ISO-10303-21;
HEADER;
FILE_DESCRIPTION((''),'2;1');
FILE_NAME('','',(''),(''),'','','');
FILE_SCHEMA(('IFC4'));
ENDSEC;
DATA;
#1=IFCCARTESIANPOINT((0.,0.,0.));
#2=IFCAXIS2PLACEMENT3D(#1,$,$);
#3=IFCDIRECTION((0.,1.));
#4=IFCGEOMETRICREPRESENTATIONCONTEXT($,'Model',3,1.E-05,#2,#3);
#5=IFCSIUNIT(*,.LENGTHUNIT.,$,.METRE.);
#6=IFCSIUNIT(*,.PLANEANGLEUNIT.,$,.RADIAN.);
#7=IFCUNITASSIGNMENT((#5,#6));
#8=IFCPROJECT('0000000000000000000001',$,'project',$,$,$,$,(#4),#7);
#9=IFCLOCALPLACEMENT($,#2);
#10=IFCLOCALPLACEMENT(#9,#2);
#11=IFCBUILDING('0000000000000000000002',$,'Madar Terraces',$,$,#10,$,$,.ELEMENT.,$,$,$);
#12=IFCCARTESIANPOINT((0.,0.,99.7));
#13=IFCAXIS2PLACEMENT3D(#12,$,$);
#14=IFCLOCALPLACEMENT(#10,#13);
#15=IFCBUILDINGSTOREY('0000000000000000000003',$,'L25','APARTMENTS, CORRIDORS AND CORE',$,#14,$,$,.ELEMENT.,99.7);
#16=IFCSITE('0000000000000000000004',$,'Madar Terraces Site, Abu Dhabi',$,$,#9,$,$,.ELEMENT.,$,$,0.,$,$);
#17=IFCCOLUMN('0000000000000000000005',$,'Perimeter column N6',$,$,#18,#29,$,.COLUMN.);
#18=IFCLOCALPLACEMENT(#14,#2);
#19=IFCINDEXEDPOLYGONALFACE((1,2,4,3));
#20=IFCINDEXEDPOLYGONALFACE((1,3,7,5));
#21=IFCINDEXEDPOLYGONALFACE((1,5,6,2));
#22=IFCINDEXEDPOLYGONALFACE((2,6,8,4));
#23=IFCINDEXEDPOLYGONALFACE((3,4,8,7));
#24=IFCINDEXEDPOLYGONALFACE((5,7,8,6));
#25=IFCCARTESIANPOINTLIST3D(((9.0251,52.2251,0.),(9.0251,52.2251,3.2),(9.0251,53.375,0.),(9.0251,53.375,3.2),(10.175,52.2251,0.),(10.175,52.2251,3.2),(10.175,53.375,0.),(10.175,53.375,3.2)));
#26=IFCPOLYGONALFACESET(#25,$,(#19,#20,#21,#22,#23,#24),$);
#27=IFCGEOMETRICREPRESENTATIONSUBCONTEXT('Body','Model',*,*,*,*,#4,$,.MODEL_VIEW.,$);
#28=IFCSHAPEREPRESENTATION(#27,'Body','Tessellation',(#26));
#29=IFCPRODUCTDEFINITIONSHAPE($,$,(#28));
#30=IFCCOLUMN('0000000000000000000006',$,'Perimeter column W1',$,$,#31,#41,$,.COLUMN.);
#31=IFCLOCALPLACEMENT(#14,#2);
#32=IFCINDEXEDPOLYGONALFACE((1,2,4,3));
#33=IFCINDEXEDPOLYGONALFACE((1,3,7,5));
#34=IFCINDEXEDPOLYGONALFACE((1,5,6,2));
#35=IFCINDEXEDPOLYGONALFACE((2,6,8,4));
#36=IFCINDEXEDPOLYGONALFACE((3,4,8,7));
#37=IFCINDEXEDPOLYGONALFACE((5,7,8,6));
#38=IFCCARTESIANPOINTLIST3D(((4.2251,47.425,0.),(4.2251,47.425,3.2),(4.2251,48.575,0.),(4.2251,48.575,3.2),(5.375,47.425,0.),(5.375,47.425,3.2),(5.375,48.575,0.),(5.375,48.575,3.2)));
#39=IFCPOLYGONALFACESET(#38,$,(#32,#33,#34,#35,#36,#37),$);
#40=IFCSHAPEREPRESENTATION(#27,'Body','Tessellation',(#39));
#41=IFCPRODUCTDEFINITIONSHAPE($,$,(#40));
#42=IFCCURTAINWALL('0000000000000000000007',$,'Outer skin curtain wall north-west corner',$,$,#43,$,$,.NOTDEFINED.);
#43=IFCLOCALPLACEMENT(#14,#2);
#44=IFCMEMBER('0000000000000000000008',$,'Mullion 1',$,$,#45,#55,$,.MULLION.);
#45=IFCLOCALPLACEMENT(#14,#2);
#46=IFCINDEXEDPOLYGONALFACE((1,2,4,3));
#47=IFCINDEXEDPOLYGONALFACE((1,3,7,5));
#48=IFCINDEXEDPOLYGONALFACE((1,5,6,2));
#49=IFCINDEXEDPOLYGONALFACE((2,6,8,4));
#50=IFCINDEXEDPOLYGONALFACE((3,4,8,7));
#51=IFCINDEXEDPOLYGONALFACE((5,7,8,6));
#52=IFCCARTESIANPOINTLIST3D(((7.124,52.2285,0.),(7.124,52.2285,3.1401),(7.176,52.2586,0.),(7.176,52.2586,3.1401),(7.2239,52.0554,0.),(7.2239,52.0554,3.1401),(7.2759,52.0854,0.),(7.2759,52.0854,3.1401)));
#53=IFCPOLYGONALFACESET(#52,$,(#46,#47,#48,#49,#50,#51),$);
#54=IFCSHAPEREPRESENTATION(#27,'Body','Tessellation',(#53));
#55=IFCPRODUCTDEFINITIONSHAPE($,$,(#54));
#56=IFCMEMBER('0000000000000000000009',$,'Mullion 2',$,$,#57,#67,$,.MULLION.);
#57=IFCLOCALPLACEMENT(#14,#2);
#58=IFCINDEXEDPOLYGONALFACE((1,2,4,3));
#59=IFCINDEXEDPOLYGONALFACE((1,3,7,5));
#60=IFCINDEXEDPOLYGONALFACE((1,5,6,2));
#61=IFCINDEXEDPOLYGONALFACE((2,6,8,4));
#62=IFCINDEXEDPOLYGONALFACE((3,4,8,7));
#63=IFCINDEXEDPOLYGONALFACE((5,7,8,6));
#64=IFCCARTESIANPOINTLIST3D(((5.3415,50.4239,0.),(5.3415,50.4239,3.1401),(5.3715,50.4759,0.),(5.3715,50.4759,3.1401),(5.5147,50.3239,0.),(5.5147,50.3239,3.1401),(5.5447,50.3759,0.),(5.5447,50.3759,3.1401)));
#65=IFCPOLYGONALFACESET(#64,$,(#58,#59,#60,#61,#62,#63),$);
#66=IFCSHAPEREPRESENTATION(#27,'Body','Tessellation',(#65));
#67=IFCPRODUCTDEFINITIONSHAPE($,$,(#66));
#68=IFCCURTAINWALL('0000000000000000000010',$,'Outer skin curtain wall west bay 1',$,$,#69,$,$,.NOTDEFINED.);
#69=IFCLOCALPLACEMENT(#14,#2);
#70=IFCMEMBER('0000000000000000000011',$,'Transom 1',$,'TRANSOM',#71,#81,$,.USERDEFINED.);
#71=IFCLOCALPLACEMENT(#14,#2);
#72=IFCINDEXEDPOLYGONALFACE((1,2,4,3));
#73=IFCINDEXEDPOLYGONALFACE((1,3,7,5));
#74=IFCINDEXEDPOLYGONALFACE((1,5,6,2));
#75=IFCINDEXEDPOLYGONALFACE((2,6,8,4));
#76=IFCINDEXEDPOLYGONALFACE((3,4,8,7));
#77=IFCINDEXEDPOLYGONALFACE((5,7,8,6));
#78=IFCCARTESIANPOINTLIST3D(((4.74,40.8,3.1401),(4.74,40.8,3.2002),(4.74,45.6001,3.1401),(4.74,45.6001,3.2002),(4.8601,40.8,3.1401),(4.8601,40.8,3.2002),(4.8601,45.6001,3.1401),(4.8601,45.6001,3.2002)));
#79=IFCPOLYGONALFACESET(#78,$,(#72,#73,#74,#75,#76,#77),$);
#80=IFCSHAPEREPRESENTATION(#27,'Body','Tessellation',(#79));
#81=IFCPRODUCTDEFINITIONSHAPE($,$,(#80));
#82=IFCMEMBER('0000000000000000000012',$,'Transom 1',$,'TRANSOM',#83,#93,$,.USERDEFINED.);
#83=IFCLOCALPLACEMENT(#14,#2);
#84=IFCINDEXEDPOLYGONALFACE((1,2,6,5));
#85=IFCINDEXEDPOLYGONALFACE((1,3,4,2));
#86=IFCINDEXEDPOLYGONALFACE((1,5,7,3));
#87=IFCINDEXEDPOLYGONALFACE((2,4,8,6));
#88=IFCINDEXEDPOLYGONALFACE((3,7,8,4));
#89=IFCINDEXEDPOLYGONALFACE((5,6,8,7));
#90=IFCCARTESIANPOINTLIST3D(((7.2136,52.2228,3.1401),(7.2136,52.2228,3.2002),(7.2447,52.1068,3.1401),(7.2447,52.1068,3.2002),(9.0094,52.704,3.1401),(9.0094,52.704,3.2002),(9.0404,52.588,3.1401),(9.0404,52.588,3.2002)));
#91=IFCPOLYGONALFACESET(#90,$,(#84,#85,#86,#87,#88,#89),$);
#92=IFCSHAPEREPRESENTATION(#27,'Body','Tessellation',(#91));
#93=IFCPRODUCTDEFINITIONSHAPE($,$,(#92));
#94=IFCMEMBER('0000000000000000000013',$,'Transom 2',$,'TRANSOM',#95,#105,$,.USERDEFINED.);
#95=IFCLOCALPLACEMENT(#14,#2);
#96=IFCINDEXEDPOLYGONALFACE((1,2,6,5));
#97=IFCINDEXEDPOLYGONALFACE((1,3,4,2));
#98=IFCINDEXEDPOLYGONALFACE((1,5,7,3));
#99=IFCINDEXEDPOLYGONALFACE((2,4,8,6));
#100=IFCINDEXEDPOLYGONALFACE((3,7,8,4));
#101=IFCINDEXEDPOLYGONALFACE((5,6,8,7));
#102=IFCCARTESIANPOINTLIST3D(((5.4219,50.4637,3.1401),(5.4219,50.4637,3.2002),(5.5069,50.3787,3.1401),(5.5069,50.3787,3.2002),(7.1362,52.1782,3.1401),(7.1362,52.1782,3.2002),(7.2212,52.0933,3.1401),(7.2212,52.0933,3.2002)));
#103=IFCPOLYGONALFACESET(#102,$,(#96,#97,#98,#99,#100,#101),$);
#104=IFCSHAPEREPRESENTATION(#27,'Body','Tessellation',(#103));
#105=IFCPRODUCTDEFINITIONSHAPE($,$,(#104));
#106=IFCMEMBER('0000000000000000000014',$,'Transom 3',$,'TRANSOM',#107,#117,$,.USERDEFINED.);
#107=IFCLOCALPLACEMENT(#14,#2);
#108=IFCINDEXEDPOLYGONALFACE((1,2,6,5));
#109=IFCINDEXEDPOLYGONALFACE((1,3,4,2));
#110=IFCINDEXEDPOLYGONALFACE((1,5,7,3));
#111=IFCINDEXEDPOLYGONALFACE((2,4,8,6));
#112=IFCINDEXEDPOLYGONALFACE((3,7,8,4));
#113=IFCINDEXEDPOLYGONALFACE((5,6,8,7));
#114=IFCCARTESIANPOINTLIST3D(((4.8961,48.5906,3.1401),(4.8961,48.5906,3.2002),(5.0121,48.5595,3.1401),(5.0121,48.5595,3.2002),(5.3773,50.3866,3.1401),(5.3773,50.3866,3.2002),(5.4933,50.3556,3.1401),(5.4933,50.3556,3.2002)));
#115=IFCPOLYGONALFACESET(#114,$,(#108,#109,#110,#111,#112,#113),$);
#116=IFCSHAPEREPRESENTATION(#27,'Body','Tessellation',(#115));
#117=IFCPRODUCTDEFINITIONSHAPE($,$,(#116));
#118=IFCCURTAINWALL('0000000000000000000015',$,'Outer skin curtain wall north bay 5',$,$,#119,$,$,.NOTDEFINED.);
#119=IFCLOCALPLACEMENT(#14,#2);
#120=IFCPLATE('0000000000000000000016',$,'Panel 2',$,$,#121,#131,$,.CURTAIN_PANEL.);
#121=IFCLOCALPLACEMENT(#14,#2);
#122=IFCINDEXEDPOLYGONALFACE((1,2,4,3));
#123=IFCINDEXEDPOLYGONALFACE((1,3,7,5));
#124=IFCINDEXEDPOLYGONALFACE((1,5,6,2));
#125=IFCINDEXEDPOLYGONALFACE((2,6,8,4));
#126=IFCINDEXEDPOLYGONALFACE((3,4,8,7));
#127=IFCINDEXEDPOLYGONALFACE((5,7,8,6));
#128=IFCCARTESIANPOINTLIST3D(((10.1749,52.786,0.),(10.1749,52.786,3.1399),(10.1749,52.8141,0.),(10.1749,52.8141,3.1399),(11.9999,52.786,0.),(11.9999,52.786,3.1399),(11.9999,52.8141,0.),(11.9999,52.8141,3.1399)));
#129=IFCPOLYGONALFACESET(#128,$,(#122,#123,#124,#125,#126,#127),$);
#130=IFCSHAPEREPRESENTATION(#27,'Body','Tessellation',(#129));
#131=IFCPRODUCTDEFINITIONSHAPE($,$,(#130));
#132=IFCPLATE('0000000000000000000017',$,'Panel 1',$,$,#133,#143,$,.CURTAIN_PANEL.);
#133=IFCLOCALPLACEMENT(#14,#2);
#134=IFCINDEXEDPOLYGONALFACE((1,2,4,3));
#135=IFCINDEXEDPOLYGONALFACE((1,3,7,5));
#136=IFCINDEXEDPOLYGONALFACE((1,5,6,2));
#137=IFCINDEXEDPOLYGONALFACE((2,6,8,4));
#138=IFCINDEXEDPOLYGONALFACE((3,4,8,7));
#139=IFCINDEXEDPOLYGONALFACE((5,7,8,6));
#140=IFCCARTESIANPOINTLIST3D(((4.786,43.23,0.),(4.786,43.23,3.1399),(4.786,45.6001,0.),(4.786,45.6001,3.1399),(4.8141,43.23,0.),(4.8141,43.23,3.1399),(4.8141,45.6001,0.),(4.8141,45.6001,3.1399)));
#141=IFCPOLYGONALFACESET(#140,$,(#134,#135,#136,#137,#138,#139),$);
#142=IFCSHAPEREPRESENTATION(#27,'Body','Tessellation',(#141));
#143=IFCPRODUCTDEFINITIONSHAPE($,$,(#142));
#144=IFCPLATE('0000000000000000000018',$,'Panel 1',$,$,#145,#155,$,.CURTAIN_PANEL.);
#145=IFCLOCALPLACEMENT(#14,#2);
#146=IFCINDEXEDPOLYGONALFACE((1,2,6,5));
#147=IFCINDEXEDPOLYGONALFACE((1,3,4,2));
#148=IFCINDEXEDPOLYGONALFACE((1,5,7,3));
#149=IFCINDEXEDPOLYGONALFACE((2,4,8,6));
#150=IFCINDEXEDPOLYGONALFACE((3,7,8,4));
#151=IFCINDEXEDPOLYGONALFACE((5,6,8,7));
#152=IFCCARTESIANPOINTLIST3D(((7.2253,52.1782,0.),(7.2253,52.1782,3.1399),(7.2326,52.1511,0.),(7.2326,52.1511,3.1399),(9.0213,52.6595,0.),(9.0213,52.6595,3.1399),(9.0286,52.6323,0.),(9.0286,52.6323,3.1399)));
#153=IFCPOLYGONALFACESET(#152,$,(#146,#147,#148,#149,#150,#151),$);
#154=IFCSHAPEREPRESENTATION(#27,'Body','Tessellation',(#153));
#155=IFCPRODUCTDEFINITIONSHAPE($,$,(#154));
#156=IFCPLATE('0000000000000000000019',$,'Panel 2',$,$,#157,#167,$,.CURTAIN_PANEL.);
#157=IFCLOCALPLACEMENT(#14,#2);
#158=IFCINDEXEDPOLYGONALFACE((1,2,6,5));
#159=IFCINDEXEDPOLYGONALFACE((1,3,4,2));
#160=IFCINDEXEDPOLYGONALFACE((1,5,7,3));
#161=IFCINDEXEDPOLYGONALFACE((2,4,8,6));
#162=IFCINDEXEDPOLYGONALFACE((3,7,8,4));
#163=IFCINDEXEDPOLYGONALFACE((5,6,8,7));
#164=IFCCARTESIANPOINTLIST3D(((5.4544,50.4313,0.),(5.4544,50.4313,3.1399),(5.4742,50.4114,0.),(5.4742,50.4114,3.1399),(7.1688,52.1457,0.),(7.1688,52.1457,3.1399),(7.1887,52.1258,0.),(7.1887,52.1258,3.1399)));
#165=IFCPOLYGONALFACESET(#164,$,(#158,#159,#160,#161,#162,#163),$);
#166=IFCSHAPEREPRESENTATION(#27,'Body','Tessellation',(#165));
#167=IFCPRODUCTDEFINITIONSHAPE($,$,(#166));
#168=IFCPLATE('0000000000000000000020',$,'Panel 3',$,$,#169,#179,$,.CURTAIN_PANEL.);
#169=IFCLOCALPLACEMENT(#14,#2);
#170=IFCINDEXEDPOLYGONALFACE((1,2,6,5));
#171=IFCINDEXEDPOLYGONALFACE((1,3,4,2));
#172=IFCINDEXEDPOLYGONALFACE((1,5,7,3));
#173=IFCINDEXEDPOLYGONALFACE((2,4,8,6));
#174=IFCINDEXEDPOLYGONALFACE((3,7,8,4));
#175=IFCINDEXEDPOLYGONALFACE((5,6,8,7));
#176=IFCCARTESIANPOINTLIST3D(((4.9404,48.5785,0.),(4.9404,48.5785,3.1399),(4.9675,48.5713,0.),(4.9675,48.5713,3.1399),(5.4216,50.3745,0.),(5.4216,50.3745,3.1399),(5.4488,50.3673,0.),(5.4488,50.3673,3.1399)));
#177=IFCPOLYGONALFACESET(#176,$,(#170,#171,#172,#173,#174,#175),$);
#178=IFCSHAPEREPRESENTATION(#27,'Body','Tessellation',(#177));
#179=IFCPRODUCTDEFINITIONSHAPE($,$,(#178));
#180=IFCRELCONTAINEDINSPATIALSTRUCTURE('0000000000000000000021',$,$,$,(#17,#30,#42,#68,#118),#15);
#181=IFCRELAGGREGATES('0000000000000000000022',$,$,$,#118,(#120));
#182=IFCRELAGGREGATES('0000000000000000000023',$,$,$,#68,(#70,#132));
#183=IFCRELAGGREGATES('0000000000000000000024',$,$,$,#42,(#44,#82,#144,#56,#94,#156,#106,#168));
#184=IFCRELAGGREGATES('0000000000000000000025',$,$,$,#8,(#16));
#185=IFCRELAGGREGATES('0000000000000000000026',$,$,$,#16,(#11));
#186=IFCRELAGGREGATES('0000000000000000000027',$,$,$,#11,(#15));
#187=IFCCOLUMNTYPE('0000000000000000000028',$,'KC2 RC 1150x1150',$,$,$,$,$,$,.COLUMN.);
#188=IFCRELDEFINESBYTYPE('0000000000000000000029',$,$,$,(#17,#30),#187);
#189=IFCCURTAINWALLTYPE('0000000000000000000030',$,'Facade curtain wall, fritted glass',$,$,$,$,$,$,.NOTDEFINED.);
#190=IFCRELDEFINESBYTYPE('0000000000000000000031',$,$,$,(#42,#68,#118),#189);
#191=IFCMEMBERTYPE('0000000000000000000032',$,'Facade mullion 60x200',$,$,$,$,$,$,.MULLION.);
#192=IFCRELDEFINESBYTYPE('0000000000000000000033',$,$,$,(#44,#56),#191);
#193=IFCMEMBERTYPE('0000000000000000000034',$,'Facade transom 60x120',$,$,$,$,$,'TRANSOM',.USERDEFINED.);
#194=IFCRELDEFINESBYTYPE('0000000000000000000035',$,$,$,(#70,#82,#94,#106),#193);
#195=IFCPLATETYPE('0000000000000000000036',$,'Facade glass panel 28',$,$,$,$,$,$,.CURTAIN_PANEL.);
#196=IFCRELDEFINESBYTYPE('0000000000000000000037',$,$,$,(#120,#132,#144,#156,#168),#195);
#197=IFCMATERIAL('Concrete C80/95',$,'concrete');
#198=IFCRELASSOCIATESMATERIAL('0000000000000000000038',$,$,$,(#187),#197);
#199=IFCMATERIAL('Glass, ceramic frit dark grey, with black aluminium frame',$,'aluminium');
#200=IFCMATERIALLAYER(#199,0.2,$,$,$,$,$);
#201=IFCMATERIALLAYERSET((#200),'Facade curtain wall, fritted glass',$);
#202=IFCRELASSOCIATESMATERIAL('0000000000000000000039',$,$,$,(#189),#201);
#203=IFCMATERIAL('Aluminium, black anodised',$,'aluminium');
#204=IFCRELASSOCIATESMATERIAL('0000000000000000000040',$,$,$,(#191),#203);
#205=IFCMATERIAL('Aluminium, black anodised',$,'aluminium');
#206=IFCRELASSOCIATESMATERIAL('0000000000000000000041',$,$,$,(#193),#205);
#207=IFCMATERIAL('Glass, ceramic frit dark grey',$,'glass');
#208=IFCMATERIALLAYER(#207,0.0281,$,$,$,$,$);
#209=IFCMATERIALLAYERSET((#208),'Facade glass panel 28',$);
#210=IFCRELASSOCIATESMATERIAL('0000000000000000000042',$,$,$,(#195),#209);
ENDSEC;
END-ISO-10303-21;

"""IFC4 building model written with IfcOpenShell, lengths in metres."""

from ifc_helpers import new_model, si_unit, direction, frame, origin, origin_2d, place, context, subcontext, project, spatial, rectangle, extrude, material, layer, layer_set, material_profile, profile_set, type_object, element, aggregate, save


model = new_model("IFC4")

# Units and contexts
model_context = context("Model", 3, precision=1e-05, world=origin(), true_north=direction((0.0, 1.0)))
body_context = subcontext(model_context, "Body", "Model", "MODEL_VIEW")
ifc_project = project(units=[si_unit("LENGTHUNIT", "METRE"), si_unit("PLANEANGLEUNIT", "RADIAN")], contexts=[model_context])

# Site, building, storey
site_placement = place(None, origin())
site = spatial("IfcSite", under=ifc_project, at=site_placement, Name="Madar Terraces Site, Abu Dhabi", CompositionType="ELEMENT", RefElevation=0.0)
building_placement = place(site_placement, origin())
building = spatial("IfcBuilding", under=site, at=building_placement, Name="Madar Terraces", CompositionType="ELEMENT")
storey_placement = place(building_placement, frame((0.0, 0.0, 99.7)))
storey = spatial("IfcBuildingStorey", under=building, at=storey_placement, Name="L25", Description="APARTMENTS, CORRIDORS AND CORE", CompositionType="ELEMENT", Elevation=99.7)

# Columns
ifc_material_1 = material(Name="Concrete C80/95", Category="concrete")
ifc_material_profile_1 = material_profile(ifc_material_1, rectangle(XDim=1.1499, YDim=1.1499, at=origin_2d()), Name="KC2 RC 1150x1150")
ifc_profile_set_1 = profile_set([ifc_material_profile_1], Name="Concrete C80/95")
column_type = type_object("IfcColumnType", Name="KC2 RC 1150x1150", PredefinedType="COLUMN", material=ifc_profile_set_1)
for number, where, z_axis, x_axis, name in (
    (1, (9.6001, 52.8, 0.0), (0.0, 0.0, 1.0), (1.0, 0.0, 0.0), "Perimeter column N6"),
    (2, (4.8, 48.0, 0.0), (0.0, 0.0, 1.0), (1.0, 0.0, 0.0), "Perimeter column W1"),
):
    element("IfcColumn", number, at=place(storey_placement, frame(where, z_axis=z_axis, x_axis=x_axis)), inside=storey, type_object=column_type, Name=name, PredefinedType="COLUMN", context=body_context, shape_type="SweptSolid", body=[
        extrude(rectangle(XDim=1.1499, YDim=1.1499, at=origin_2d()), origin(), (0.0, 0.0, 1.0), 3.2),
    ])

# Curtain wall, members
ifc_material_2 = material(Name="Glass, ceramic frit dark grey, with black aluminium frame", Category="aluminium")
ifc_layer_1 = layer(ifc_material_2, 0.2)
ifc_layer_set_1 = layer_set([ifc_layer_1], Name="Facade curtain wall, fritted glass")
curtain_wall_type = type_object("IfcCurtainWallType", Name="Facade curtain wall, fritted glass", PredefinedType="NOTDEFINED", material=ifc_layer_set_1)
curtain_wall_1_placement = place(storey_placement, origin())
curtain_wall_1 = element("IfcCurtainWall", 3, at=curtain_wall_1_placement, inside=storey, type_object=curtain_wall_type, Name="Outer skin curtain wall north-west corner", PredefinedType="NOTDEFINED")
ifc_material_3 = material(Name="Aluminium, black anodised", Category="aluminium")
ifc_material_profile_2 = material_profile(ifc_material_3, rectangle(XDim=0.2, YDim=0.0601, at=origin_2d()), Name="Facade mullion 60x200")
ifc_profile_set_2 = profile_set([ifc_material_profile_2], Name="Aluminium, black anodised")
member_type_1 = type_object("IfcMemberType", Name="Facade mullion 60x200", PredefinedType="MULLION", material=ifc_profile_set_2)
member_1_placement = place(storey_placement, frame((7.2, 52.157, 0.0), z_axis=(0.0, 0.0, 1.0), x_axis=(0.5, -0.866025, 0.0)))
member_1 = element("IfcMember", 4, at=member_1_placement, type_object=member_type_1, Name="Mullion 1", PredefinedType="MULLION", context=body_context, shape_type="SweptSolid", body=[
    extrude(rectangle(XDim=0.2, YDim=0.0601, at=origin_2d()), origin(), (0.0, 0.0, 1.0), 3.1401),
])
member_2_placement = place(storey_placement, frame((5.4431, 50.3999, 0.0), z_axis=(0.0, 0.0, 1.0), x_axis=(0.866025, -0.5, 0.0)))
member_2 = element("IfcMember", 5, at=member_2_placement, type_object=member_type_1, Name="Mullion 2", PredefinedType="MULLION", context=body_context, shape_type="SweptSolid", body=[
    extrude(rectangle(XDim=0.2, YDim=0.0601, at=origin_2d()), origin(), (0.0, 0.0, 1.0), 3.1401),
])

# Curtain wall, member
curtain_wall_2_placement = place(storey_placement, origin())
curtain_wall_2 = element("IfcCurtainWall", 6, at=curtain_wall_2_placement, inside=storey, type_object=curtain_wall_type, Name="Outer skin curtain wall west bay 1", PredefinedType="NOTDEFINED")
ifc_material_4 = material(Name="Aluminium, black anodised", Category="aluminium")
ifc_material_profile_3 = material_profile(ifc_material_4, rectangle(XDim=0.1201, YDim=0.0601, at=origin_2d()), Name="Facade transom 60x120")
ifc_profile_set_3 = profile_set([ifc_material_profile_3], Name="Aluminium, black anodised")
member_type_2 = type_object("IfcMemberType", Name="Facade transom 60x120", ElementType="TRANSOM", PredefinedType="USERDEFINED", material=ifc_profile_set_3)
member_3_placement = place(storey_placement, frame((4.8, 45.6001, 3.1702), z_axis=(0.0, -1.0, 0.0), x_axis=(1.0, 0.0, 0.0)))
member_3 = element("IfcMember", 7, at=member_3_placement, type_object=member_type_2, Name="Transom 1", ObjectType="TRANSOM", PredefinedType="USERDEFINED", context=body_context, shape_type="SweptSolid", body=[
    extrude(rectangle(XDim=0.1201, YDim=0.0601, at=origin_2d()), origin(), (0.0, 0.0, 1.0), 4.8),
])

# Members
member_4_placement = place(storey_placement, frame((9.0249, 52.646, 3.1702), z_axis=(-0.965927, -0.258815, 0.0), x_axis=(0.258815, -0.965927, 0.0)))
member_4 = element("IfcMember", 8, at=member_4_placement, type_object=member_type_2, Name="Transom 1", ObjectType="TRANSOM", PredefinedType="USERDEFINED", context=body_context, shape_type="SweptSolid", body=[
    extrude(rectangle(XDim=0.1201, YDim=0.0601, at=origin_2d()), origin(), (0.0, 0.0, 1.0), 1.8591),
])
member_5_placement = place(storey_placement, frame((7.1787, 52.1357, 3.1702), z_axis=(-0.707056, -0.707157, 0.0), x_axis=(0.707157, -0.707056, 0.0)))
member_5 = element("IfcMember", 9, at=member_5_placement, type_object=member_type_2, Name="Transom 2", ObjectType="TRANSOM", PredefinedType="USERDEFINED", context=body_context, shape_type="SweptSolid", body=[
    extrude(rectangle(XDim=0.1201, YDim=0.0601, at=origin_2d()), origin(), (0.0, 0.0, 1.0), 2.4246),
])
member_6_placement = place(storey_placement, frame((5.4353, 50.3711, 3.1702), z_axis=(-0.258782, -0.965936, 0.0), x_axis=(0.965936, -0.258782, 0.0)))
member_6 = element("IfcMember", 10, at=member_6_placement, type_object=member_type_2, Name="Transom 3", ObjectType="TRANSOM", PredefinedType="USERDEFINED", context=body_context, shape_type="SweptSolid", body=[
    extrude(rectangle(XDim=0.1201, YDim=0.0601, at=origin_2d()), origin(), (0.0, 0.0, 1.0), 1.8594),
])

# Curtain wall, plate
curtain_wall_3_placement = place(storey_placement, origin())
curtain_wall_3 = element("IfcCurtainWall", 11, at=curtain_wall_3_placement, inside=storey, type_object=curtain_wall_type, Name="Outer skin curtain wall north bay 5", PredefinedType="NOTDEFINED")
ifc_material_5 = material(Name="Glass, ceramic frit dark grey", Category="glass")
ifc_layer_2 = layer(ifc_material_5, 0.0281)
ifc_layer_set_2 = layer_set([ifc_layer_2], Name="Facade glass panel 28")
plate_type = type_object("IfcPlateType", Name="Facade glass panel 28", PredefinedType="CURTAIN_PANEL", material=ifc_layer_set_2)
plate_1_placement = place(storey_placement, frame((11.0874, 52.8, 0.0), z_axis=(0.0, 0.0, 1.0), x_axis=(-1.0, 0.0, 0.0)))
plate_1 = element("IfcPlate", 12, at=plate_1_placement, type_object=plate_type, Name="Panel 2", PredefinedType="CURTAIN_PANEL", context=body_context, shape_type="SweptSolid", body=[
    extrude(rectangle(XDim=1.825, YDim=0.0281, at=origin_2d()), origin(), (0.0, 0.0, 1.0), 3.1399),
])
aggregate(curtain_wall_3, [plate_1])

# Plates
plate_2_placement = place(storey_placement, frame((4.8, 44.415, 0.0), z_axis=(0.0, 0.0, 1.0), x_axis=(0.0, -1.0, 0.0)))
plate_2 = element("IfcPlate", 13, at=plate_2_placement, type_object=plate_type, Name="Panel 1", PredefinedType="CURTAIN_PANEL", context=body_context, shape_type="SweptSolid", body=[
    extrude(rectangle(XDim=2.3701, YDim=0.0281, at=origin_2d()), origin(), (0.0, 0.0, 1.0), 3.1399),
])
aggregate(curtain_wall_2, [member_3, plate_2])
plate_3_placement = place(storey_placement, frame((8.127, 52.4053, 0.0), z_axis=(0.0, 0.0, 1.0), x_axis=(-0.965926, -0.258819, 0.0)))
plate_3 = element("IfcPlate", 14, at=plate_3_placement, type_object=plate_type, Name="Panel 1", PredefinedType="CURTAIN_PANEL", context=body_context, shape_type="SweptSolid", body=[
    extrude(rectangle(XDim=1.8594, YDim=0.0281, at=origin_2d()), origin(), (0.0, 0.0, 1.0), 3.1399),
])
plate_4_placement = place(storey_placement, frame((6.3215, 51.2786, 0.0), z_axis=(0.0, 0.0, 1.0), x_axis=(-0.707107, -0.707107, 0.0)))
plate_4 = element("IfcPlate", 15, at=plate_4_placement, type_object=plate_type, Name="Panel 2", PredefinedType="CURTAIN_PANEL", context=body_context, shape_type="SweptSolid", body=[
    extrude(rectangle(XDim=2.4246, YDim=0.0281, at=origin_2d()), origin(), (0.0, 0.0, 1.0), 3.1399),
])
plate_5_placement = place(storey_placement, frame((5.1946, 49.4729, 0.0), z_axis=(0.0, 0.0, 1.0), x_axis=(-0.258819, -0.965926, 0.0)))
plate_5 = element("IfcPlate", 16, at=plate_5_placement, type_object=plate_type, Name="Panel 3", PredefinedType="CURTAIN_PANEL", context=body_context, shape_type="SweptSolid", body=[
    extrude(rectangle(XDim=1.8594, YDim=0.0281, at=origin_2d()), origin(), (0.0, 0.0, 1.0), 3.1399),
])
aggregate(curtain_wall_1, [member_1, member_4, plate_3, member_2, member_5, plate_4, member_6, plate_5])

save(model, "model.ifc")
